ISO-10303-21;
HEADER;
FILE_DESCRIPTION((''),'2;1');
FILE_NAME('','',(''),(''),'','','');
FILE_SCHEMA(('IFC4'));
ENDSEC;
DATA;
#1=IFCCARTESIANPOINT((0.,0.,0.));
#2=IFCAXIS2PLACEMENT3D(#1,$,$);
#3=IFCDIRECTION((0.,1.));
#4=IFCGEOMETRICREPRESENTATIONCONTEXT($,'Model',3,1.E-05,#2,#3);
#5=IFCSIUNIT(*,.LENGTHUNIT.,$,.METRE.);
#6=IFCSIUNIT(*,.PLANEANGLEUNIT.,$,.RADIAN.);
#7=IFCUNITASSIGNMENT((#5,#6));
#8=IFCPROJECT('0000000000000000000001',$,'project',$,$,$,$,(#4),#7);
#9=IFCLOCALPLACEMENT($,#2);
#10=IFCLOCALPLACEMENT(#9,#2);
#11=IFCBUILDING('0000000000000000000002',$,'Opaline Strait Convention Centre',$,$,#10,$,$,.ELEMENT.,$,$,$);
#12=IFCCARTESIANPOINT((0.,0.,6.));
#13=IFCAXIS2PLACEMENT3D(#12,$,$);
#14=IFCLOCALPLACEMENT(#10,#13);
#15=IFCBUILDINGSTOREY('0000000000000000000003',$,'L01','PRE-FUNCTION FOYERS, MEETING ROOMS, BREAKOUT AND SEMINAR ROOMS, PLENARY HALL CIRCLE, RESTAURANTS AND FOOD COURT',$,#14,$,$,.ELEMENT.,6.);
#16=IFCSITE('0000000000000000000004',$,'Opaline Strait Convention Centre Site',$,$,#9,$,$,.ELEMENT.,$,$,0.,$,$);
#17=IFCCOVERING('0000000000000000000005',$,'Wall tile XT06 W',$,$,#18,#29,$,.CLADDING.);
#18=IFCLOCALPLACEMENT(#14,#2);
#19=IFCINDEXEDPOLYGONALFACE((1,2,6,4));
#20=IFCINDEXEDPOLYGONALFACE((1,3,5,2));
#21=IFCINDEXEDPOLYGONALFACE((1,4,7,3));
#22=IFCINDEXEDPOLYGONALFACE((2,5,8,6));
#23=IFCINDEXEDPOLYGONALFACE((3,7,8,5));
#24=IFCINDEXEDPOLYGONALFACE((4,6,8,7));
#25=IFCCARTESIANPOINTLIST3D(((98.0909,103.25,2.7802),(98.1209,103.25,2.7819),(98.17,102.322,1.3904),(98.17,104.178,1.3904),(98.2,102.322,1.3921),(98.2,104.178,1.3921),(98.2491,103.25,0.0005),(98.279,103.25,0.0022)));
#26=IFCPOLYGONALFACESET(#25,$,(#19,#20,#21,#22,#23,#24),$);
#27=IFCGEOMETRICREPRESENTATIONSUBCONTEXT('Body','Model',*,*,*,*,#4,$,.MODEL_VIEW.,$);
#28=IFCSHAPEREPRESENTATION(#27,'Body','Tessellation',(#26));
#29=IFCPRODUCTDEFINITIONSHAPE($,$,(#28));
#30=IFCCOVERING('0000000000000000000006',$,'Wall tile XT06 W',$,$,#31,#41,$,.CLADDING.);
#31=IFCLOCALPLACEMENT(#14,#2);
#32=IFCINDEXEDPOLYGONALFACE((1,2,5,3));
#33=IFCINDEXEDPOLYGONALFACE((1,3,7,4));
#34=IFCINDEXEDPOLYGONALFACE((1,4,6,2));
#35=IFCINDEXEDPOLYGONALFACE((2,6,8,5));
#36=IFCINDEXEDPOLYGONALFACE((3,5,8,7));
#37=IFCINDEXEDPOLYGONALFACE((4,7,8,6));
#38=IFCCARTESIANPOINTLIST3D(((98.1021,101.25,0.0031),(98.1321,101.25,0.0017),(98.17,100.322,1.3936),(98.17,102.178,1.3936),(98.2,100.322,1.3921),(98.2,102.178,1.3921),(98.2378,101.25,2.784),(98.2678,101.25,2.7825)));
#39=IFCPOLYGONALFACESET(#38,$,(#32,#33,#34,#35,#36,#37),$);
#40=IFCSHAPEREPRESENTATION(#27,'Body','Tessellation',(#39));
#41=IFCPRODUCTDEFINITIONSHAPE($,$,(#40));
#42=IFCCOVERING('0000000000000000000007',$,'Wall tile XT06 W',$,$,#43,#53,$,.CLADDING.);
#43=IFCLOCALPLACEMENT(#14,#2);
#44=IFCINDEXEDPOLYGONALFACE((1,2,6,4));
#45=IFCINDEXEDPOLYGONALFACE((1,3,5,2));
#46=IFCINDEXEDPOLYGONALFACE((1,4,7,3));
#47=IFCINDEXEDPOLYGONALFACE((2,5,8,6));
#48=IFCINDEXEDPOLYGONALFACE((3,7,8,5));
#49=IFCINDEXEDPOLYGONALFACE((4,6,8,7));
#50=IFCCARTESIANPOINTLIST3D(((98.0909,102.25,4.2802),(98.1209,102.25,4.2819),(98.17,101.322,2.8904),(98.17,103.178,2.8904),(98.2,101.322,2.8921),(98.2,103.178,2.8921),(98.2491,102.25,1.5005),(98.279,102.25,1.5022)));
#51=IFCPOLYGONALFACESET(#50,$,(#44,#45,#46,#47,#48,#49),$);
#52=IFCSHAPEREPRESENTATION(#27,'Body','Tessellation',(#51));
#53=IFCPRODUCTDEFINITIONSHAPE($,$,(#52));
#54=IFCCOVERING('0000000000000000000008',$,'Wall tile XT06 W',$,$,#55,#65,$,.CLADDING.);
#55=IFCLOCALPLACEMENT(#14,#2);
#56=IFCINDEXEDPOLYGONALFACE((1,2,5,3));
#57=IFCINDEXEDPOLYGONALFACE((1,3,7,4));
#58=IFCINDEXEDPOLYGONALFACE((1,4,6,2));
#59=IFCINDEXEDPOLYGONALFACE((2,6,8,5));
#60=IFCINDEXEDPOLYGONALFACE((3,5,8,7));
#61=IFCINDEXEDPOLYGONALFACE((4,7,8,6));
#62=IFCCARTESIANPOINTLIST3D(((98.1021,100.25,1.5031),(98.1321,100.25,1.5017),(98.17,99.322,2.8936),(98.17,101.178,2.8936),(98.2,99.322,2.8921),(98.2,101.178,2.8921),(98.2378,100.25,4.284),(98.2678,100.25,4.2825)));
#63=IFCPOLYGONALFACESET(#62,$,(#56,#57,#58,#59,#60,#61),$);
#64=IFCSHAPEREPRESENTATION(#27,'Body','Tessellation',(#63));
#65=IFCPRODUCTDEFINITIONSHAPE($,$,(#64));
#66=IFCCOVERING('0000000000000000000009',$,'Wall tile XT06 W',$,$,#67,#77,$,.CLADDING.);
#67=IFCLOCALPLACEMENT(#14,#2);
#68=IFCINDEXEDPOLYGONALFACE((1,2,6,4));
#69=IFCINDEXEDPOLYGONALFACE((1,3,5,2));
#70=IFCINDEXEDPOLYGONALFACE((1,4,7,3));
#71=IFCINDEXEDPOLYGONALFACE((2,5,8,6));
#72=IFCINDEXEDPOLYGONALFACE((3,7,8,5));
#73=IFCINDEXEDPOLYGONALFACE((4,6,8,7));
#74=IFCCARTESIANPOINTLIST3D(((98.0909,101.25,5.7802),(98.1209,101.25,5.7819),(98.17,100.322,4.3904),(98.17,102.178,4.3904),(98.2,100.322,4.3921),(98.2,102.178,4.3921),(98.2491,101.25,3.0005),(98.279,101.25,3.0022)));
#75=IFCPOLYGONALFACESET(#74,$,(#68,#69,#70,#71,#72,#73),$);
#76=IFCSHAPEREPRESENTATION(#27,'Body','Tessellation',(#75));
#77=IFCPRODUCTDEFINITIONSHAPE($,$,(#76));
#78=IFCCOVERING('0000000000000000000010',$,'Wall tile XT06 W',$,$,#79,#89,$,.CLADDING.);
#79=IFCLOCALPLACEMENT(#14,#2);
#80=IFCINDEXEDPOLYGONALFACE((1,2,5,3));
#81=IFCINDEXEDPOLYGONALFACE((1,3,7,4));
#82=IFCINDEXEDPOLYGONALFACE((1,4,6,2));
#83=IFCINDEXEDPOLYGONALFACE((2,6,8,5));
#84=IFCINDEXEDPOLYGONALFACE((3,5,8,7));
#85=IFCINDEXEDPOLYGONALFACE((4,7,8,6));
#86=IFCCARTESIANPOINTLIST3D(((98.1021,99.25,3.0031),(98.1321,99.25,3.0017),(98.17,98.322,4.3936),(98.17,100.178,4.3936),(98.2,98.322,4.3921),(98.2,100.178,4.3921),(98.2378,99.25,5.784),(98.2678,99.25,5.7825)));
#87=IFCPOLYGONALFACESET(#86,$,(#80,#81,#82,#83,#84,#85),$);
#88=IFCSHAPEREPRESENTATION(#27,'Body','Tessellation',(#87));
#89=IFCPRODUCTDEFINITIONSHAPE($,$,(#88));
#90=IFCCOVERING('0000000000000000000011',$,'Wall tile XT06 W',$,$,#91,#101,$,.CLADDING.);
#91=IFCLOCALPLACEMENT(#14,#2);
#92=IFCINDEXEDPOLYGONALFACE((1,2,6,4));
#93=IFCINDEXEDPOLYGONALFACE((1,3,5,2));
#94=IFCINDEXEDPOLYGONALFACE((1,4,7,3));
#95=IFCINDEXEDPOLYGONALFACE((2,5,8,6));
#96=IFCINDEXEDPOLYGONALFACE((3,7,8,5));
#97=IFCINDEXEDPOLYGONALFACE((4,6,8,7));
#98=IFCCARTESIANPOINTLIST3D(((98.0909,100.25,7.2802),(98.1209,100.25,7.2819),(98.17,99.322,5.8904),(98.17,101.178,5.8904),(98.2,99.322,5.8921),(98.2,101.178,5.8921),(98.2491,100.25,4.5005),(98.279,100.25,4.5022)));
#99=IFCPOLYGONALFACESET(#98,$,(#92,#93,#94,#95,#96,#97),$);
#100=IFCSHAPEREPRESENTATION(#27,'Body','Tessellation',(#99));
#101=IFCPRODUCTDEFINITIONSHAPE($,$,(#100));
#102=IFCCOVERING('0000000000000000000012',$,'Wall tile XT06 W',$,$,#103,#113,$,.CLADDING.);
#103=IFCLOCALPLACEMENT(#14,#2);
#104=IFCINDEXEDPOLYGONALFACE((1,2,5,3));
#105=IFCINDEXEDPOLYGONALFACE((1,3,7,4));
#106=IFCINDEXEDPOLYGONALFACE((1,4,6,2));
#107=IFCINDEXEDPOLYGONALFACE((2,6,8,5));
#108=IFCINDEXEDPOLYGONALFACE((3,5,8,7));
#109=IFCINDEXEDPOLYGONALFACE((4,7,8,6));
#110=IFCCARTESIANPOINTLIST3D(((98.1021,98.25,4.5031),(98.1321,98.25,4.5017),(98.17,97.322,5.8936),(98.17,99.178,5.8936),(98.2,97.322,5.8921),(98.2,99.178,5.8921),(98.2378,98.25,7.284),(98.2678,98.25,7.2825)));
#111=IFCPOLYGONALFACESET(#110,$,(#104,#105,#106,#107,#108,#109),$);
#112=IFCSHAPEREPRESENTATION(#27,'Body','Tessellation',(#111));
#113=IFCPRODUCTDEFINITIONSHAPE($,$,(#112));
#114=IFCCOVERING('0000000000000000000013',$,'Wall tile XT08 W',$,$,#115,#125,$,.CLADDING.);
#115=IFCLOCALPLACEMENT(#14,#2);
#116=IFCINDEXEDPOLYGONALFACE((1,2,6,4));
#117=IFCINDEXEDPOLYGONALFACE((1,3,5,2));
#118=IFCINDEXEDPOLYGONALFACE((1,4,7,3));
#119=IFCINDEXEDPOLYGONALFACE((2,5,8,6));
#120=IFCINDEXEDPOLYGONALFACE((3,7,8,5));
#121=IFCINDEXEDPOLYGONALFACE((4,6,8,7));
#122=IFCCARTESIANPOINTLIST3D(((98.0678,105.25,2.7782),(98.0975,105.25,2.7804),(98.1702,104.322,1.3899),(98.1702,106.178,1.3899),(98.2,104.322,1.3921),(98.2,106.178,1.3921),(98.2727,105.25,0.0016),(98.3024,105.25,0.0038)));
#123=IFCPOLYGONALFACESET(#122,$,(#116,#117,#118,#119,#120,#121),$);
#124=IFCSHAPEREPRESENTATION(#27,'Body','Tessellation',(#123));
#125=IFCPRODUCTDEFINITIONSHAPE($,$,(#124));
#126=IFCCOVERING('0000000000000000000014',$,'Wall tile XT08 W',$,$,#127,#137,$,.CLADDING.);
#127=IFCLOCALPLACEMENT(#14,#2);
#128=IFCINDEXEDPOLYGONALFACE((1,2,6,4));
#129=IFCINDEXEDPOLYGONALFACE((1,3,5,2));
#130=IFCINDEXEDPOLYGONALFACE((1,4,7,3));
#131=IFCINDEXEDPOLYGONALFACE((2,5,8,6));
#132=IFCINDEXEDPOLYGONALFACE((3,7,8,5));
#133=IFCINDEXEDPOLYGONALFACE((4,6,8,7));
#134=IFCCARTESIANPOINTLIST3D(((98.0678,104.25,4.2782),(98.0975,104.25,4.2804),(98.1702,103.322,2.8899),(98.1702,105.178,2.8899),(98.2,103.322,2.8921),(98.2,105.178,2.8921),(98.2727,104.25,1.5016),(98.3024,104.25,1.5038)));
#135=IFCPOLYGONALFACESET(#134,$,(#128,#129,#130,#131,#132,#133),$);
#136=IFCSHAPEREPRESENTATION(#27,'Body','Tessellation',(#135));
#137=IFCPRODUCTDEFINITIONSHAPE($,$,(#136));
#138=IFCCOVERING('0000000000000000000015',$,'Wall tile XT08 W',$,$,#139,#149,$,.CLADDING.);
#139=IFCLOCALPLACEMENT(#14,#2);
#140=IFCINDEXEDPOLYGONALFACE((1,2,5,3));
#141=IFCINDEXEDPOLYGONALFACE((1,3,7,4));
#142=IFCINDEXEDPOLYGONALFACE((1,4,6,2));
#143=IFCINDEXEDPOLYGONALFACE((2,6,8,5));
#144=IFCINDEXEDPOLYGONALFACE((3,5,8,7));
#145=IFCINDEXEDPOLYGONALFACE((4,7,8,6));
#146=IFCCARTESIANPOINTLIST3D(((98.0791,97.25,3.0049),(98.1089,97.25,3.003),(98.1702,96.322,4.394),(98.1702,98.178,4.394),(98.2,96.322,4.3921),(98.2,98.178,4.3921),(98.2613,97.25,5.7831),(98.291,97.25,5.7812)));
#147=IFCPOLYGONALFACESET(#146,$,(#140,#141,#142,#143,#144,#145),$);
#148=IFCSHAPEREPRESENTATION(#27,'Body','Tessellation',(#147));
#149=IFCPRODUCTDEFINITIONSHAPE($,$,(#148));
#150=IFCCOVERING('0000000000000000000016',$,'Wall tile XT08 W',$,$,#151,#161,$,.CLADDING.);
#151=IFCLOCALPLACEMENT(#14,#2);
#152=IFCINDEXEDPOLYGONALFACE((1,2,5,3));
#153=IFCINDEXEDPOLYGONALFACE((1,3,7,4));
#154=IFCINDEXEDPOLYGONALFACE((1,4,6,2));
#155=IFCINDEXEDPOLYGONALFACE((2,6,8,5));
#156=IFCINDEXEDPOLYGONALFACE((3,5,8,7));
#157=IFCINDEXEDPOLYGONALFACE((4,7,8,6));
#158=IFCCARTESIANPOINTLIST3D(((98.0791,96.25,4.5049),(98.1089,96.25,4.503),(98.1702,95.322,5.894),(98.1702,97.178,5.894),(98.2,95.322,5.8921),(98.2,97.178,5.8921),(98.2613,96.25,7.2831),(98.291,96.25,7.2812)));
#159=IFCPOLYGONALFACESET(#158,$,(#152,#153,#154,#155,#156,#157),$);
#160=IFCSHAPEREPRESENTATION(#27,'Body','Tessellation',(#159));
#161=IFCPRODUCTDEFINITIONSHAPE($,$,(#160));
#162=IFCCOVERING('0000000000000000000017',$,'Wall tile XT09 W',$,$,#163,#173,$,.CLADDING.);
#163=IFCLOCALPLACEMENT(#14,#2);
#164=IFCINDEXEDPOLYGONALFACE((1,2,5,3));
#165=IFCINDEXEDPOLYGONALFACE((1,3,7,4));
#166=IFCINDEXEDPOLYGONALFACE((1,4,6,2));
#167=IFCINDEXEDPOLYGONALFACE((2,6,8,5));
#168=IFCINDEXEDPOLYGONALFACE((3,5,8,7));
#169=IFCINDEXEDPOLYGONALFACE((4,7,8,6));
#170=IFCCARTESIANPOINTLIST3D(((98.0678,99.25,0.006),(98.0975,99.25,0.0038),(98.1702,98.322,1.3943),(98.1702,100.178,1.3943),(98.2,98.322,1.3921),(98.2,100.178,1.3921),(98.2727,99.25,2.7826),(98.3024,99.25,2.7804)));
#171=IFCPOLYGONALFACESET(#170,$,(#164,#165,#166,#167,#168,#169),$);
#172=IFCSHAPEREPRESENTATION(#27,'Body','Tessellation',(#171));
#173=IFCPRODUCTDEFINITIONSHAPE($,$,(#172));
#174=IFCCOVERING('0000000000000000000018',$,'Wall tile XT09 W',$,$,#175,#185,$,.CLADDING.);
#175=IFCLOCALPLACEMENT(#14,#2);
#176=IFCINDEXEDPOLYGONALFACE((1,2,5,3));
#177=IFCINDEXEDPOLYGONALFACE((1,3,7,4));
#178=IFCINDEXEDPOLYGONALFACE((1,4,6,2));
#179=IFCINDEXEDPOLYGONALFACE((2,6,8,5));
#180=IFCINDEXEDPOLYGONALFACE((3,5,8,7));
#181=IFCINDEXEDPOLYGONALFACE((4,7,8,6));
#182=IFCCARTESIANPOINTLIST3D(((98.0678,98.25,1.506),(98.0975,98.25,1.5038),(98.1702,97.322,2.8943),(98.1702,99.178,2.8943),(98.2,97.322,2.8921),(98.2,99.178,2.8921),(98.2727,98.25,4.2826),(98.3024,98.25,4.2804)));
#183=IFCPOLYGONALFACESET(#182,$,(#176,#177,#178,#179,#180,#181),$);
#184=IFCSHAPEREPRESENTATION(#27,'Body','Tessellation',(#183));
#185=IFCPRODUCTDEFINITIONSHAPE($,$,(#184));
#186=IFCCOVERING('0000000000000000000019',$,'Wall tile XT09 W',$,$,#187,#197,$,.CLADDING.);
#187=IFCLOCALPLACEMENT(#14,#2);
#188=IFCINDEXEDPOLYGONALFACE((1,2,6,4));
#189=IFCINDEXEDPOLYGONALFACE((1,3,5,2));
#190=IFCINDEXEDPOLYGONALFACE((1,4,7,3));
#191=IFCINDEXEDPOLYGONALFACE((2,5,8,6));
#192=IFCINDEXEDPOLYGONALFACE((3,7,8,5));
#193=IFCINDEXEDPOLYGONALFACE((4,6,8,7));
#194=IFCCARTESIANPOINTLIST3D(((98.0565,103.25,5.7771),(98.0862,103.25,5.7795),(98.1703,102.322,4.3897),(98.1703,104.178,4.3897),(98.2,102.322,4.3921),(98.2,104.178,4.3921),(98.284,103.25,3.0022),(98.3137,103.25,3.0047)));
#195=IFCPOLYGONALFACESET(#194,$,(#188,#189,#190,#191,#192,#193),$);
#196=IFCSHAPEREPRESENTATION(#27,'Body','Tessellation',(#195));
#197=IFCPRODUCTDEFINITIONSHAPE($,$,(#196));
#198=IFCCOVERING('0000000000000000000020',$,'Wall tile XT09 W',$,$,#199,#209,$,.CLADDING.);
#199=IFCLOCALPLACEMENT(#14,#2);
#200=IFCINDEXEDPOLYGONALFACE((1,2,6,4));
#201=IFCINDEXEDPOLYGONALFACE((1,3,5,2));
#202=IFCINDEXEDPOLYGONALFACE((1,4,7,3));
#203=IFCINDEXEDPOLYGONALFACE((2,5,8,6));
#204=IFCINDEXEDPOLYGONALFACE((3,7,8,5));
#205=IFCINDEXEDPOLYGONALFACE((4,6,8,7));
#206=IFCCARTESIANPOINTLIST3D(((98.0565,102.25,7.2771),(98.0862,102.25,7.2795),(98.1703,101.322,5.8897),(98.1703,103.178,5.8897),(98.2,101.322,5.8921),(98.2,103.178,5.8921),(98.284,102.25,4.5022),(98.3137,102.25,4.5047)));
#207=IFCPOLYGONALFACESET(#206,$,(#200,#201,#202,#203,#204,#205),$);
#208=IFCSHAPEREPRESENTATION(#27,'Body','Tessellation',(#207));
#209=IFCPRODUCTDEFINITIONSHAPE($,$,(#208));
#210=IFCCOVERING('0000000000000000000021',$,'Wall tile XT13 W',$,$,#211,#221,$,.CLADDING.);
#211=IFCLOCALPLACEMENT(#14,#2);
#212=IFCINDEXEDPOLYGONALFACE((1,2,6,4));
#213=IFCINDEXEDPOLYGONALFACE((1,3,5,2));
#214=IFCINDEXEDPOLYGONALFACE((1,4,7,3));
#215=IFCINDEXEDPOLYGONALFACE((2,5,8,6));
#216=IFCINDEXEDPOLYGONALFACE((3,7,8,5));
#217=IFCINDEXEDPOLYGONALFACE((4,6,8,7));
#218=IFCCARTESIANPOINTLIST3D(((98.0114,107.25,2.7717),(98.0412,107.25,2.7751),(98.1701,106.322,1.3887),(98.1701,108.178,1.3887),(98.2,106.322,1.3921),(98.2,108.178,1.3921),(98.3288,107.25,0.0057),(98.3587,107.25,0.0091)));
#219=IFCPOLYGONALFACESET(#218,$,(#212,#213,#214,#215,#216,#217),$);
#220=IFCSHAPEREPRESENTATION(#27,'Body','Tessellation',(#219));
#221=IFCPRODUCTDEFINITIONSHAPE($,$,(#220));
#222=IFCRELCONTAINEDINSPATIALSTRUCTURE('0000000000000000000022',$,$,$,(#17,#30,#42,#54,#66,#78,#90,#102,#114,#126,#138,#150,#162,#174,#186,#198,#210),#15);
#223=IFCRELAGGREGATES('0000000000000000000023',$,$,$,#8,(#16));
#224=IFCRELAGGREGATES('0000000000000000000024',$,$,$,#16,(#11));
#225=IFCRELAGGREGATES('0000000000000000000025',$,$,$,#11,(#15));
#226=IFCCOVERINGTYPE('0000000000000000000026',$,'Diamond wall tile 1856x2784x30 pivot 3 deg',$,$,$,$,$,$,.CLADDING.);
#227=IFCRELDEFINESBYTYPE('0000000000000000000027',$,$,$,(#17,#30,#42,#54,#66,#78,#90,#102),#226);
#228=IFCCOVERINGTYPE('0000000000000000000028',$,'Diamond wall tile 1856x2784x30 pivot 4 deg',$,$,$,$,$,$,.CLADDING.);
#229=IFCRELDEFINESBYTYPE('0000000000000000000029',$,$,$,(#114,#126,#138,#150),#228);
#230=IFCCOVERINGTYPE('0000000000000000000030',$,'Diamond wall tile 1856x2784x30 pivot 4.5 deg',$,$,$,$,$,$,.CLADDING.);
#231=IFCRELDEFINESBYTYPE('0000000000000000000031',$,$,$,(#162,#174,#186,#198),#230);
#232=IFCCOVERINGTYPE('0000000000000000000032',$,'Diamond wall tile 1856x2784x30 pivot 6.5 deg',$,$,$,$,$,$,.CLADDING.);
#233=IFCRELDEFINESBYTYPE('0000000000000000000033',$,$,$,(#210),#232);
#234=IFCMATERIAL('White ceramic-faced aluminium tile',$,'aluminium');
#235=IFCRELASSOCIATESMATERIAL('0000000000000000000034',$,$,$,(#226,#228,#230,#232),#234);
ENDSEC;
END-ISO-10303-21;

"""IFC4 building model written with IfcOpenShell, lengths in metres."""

from ifc_helpers import new_model, si_unit, direction, frame, origin, place, context, subcontext, project, spatial, polyline, outline, extrude, material, material_profile, profile_set, type_object, element, save


model = new_model("IFC4")

# Units and contexts
model_context = context("Model", 3, precision=1e-05, world=origin(), true_north=direction((0.0, 1.0)))
body_context = subcontext(model_context, "Body", "Model", "MODEL_VIEW")
ifc_project = project(units=[si_unit("LENGTHUNIT", "METRE"), si_unit("PLANEANGLEUNIT", "RADIAN")], contexts=[model_context])

# Site, building, storey
site_placement = place(None, origin())
site = spatial("IfcSite", under=ifc_project, at=site_placement, Name="Opaline Strait Convention Centre Site", CompositionType="ELEMENT", RefElevation=0.0)
building_placement = place(site_placement, origin())
building = spatial("IfcBuilding", under=site, at=building_placement, Name="Opaline Strait Convention Centre", CompositionType="ELEMENT")
storey_placement = place(building_placement, frame((0.0, 0.0, 6.0)))
storey = spatial("IfcBuildingStorey", under=building, at=storey_placement, Name="L01", Description="PRE-FUNCTION FOYERS, MEETING ROOMS, BREAKOUT AND SEMINAR ROOMS, PLENARY HALL CIRCLE, RESTAURANTS AND FOOD COURT", CompositionType="ELEMENT", Elevation=6.0)

# Coverings
ifc_material = material(Name="White ceramic-faced aluminium tile", Category="aluminium")
ifc_material_profile_1 = material_profile(ifc_material, outline(polyline([(0.928, 0.0), (0.0, 1.3921), (-0.928, 0.0), (0.0, -1.3921), (0.928, 0.0)])), Name="Diamond tile 1856x2784")
ifc_profile_set_1 = profile_set([ifc_material_profile_1], Name="White ceramic-faced aluminium tile")
covering_type_1 = type_object("IfcCoveringType", Name="Diamond wall tile 1856x2784x30 pivot 3 deg", PredefinedType="CLADDING", material=ifc_profile_set_1)
for number, where, z_axis, x_axis, name in (
    (1, (98.2, 103.25, 1.3921), (-0.998385, 0.0, -0.056819), (0.0, -1.0, 0.0), "Wall tile XT06 W"),
    (2, (98.2, 101.25, 1.3921), (-0.998812, 0.0, 0.048723), (0.0, -1.0, 0.0), "Wall tile XT06 W"),
    (3, (98.2, 102.25, 2.8921), (-0.998385, 0.0, -0.056819), (0.0, -1.0, 0.0), "Wall tile XT06 W"),
    (4, (98.2, 100.25, 2.8921), (-0.998812, 0.0, 0.048723), (0.0, -1.0, 0.0), "Wall tile XT06 W"),
    (5, (98.2, 101.25, 4.3921), (-0.998385, 0.0, -0.056819), (0.0, -1.0, 0.0), "Wall tile XT06 W"),
    (6, (98.2, 99.25, 4.3921), (-0.998812, 0.0, 0.048723), (0.0, -1.0, 0.0), "Wall tile XT06 W"),
    (7, (98.2, 100.25, 5.8921), (-0.998385, 0.0, -0.056819), (0.0, -1.0, 0.0), "Wall tile XT06 W"),
    (8, (98.2, 98.25, 5.8921), (-0.998812, 0.0, 0.048723), (0.0, -1.0, 0.0), "Wall tile XT06 W"),
):
    element("IfcCovering", number, at=place(storey_placement, frame(where, z_axis=z_axis, x_axis=x_axis)), inside=storey, type_object=covering_type_1, Name=name, PredefinedType="CLADDING", context=body_context, shape_type="SweptSolid", body=[
        extrude(outline(polyline([(0.928, 0.0), (0.0, 1.3921), (-0.928, 0.0), (0.0, -1.3921), (0.928, 0.0)])), origin(), (0.0, 0.0, 1.0), 0.03),
    ])
ifc_material_profile_2 = material_profile(ifc_material, outline(polyline([(0.928, 0.0), (0.0, 1.3921), (-0.928, 0.0), (0.0, -1.3921), (0.928, 0.0)])), Name="Diamond tile 1856x2784")
ifc_profile_set_2 = profile_set([ifc_material_profile_2], Name="White ceramic-faced aluminium tile")
covering_type_2 = type_object("IfcCoveringType", Name="Diamond wall tile 1856x2784x30 pivot 4 deg", PredefinedType="CLADDING", material=ifc_profile_set_2)
for number, where, z_axis, x_axis, name in (
    (9, (98.2, 105.25, 1.3921), (-0.99729, 0.0, -0.073571), (0.0, -1.0, 0.0), "Wall tile XT08 W"),
    (10, (98.2, 104.25, 2.8921), (-0.99729, 0.0, -0.073571), (0.0, -1.0, 0.0), "Wall tile XT08 W"),
    (11, (98.2, 97.25, 4.3921), (-0.997857, 0.0, 0.065433), (0.0, -1.0, 0.0), "Wall tile XT08 W"),
    (12, (98.2, 96.25, 5.8921), (-0.997857, 0.0, 0.065433), (0.0, -1.0, 0.0), "Wall tile XT08 W"),
):
    element("IfcCovering", number, at=place(storey_placement, frame(where, z_axis=z_axis, x_axis=x_axis)), inside=storey, type_object=covering_type_2, Name=name, PredefinedType="CLADDING", context=body_context, shape_type="SweptSolid", body=[
        extrude(outline(polyline([(0.928, 0.0), (0.0, 1.3921), (-0.928, 0.0), (0.0, -1.3921), (0.928, 0.0)])), origin(), (0.0, 0.0, 1.0), 0.0298),
    ])
ifc_material_profile_3 = material_profile(ifc_material, outline(polyline([(0.928, 0.0), (0.0, 1.3921), (-0.928, 0.0), (0.0, -1.3921), (0.928, 0.0)])), Name="Diamond tile 1856x2784")
ifc_profile_set_3 = profile_set([ifc_material_profile_3], Name="White ceramic-faced aluminium tile")
covering_type_3 = type_object("IfcCoveringType", Name="Diamond wall tile 1856x2784x30 pivot 4.5 deg", PredefinedType="CLADDING", material=ifc_profile_set_3)
for number, where, z_axis, x_axis, name in (
    (13, (98.2, 99.25, 1.3921), (-0.99729, 0.0, 0.073571), (0.0, -1.0, 0.0), "Wall tile XT09 W"),
    (14, (98.2, 98.25, 2.8921), (-0.99729, 0.0, 0.073571), (0.0, -1.0, 0.0), "Wall tile XT09 W"),
    (15, (98.2, 103.25, 4.3921), (-0.996658, 0.0, -0.081693), (0.0, -1.0, 0.0), "Wall tile XT09 W"),
    (16, (98.2, 102.25, 5.8921), (-0.996658, 0.0, -0.081693), (0.0, -1.0, 0.0), "Wall tile XT09 W"),
):
    element("IfcCovering", number, at=place(storey_placement, frame(where, z_axis=z_axis, x_axis=x_axis)), inside=storey, type_object=covering_type_3, Name=name, PredefinedType="CLADDING", context=body_context, shape_type="SweptSolid", body=[
        extrude(outline(polyline([(0.928, 0.0), (0.0, 1.3921), (-0.928, 0.0), (0.0, -1.3921), (0.928, 0.0)])), origin(), (0.0, 0.0, 1.0), 0.0298),
    ])
ifc_material_profile_4 = material_profile(ifc_material, outline(polyline([(0.928, 0.0), (0.0, 1.3921), (-0.928, 0.0), (0.0, -1.3921), (0.928, 0.0)])), Name="Diamond tile 1856x2784")
ifc_profile_set_4 = profile_set([ifc_material_profile_4], Name="White ceramic-faced aluminium tile")
covering_type_4 = type_object("IfcCoveringType", Name="Diamond wall tile 1856x2784x30 pivot 6.5 deg", PredefinedType="CLADDING", material=ifc_profile_set_4)
for number, where, z_axis, x_axis, name in (
    (17, (98.2, 107.25, 1.3921), (-0.99348, 0.0, -0.114006), (0.0, -1.0, 0.0), "Wall tile XT13 W"),
):
    element("IfcCovering", number, at=place(storey_placement, frame(where, z_axis=z_axis, x_axis=x_axis)), inside=storey, type_object=covering_type_4, Name=name, PredefinedType="CLADDING", context=body_context, shape_type="SweptSolid", body=[
        extrude(outline(polyline([(0.928, 0.0), (0.0, 1.3921), (-0.928, 0.0), (0.0, -1.3921), (0.928, 0.0)])), origin(), (0.0, 0.0, 1.0), 0.03),
    ])

save(model, "model.ifc")
